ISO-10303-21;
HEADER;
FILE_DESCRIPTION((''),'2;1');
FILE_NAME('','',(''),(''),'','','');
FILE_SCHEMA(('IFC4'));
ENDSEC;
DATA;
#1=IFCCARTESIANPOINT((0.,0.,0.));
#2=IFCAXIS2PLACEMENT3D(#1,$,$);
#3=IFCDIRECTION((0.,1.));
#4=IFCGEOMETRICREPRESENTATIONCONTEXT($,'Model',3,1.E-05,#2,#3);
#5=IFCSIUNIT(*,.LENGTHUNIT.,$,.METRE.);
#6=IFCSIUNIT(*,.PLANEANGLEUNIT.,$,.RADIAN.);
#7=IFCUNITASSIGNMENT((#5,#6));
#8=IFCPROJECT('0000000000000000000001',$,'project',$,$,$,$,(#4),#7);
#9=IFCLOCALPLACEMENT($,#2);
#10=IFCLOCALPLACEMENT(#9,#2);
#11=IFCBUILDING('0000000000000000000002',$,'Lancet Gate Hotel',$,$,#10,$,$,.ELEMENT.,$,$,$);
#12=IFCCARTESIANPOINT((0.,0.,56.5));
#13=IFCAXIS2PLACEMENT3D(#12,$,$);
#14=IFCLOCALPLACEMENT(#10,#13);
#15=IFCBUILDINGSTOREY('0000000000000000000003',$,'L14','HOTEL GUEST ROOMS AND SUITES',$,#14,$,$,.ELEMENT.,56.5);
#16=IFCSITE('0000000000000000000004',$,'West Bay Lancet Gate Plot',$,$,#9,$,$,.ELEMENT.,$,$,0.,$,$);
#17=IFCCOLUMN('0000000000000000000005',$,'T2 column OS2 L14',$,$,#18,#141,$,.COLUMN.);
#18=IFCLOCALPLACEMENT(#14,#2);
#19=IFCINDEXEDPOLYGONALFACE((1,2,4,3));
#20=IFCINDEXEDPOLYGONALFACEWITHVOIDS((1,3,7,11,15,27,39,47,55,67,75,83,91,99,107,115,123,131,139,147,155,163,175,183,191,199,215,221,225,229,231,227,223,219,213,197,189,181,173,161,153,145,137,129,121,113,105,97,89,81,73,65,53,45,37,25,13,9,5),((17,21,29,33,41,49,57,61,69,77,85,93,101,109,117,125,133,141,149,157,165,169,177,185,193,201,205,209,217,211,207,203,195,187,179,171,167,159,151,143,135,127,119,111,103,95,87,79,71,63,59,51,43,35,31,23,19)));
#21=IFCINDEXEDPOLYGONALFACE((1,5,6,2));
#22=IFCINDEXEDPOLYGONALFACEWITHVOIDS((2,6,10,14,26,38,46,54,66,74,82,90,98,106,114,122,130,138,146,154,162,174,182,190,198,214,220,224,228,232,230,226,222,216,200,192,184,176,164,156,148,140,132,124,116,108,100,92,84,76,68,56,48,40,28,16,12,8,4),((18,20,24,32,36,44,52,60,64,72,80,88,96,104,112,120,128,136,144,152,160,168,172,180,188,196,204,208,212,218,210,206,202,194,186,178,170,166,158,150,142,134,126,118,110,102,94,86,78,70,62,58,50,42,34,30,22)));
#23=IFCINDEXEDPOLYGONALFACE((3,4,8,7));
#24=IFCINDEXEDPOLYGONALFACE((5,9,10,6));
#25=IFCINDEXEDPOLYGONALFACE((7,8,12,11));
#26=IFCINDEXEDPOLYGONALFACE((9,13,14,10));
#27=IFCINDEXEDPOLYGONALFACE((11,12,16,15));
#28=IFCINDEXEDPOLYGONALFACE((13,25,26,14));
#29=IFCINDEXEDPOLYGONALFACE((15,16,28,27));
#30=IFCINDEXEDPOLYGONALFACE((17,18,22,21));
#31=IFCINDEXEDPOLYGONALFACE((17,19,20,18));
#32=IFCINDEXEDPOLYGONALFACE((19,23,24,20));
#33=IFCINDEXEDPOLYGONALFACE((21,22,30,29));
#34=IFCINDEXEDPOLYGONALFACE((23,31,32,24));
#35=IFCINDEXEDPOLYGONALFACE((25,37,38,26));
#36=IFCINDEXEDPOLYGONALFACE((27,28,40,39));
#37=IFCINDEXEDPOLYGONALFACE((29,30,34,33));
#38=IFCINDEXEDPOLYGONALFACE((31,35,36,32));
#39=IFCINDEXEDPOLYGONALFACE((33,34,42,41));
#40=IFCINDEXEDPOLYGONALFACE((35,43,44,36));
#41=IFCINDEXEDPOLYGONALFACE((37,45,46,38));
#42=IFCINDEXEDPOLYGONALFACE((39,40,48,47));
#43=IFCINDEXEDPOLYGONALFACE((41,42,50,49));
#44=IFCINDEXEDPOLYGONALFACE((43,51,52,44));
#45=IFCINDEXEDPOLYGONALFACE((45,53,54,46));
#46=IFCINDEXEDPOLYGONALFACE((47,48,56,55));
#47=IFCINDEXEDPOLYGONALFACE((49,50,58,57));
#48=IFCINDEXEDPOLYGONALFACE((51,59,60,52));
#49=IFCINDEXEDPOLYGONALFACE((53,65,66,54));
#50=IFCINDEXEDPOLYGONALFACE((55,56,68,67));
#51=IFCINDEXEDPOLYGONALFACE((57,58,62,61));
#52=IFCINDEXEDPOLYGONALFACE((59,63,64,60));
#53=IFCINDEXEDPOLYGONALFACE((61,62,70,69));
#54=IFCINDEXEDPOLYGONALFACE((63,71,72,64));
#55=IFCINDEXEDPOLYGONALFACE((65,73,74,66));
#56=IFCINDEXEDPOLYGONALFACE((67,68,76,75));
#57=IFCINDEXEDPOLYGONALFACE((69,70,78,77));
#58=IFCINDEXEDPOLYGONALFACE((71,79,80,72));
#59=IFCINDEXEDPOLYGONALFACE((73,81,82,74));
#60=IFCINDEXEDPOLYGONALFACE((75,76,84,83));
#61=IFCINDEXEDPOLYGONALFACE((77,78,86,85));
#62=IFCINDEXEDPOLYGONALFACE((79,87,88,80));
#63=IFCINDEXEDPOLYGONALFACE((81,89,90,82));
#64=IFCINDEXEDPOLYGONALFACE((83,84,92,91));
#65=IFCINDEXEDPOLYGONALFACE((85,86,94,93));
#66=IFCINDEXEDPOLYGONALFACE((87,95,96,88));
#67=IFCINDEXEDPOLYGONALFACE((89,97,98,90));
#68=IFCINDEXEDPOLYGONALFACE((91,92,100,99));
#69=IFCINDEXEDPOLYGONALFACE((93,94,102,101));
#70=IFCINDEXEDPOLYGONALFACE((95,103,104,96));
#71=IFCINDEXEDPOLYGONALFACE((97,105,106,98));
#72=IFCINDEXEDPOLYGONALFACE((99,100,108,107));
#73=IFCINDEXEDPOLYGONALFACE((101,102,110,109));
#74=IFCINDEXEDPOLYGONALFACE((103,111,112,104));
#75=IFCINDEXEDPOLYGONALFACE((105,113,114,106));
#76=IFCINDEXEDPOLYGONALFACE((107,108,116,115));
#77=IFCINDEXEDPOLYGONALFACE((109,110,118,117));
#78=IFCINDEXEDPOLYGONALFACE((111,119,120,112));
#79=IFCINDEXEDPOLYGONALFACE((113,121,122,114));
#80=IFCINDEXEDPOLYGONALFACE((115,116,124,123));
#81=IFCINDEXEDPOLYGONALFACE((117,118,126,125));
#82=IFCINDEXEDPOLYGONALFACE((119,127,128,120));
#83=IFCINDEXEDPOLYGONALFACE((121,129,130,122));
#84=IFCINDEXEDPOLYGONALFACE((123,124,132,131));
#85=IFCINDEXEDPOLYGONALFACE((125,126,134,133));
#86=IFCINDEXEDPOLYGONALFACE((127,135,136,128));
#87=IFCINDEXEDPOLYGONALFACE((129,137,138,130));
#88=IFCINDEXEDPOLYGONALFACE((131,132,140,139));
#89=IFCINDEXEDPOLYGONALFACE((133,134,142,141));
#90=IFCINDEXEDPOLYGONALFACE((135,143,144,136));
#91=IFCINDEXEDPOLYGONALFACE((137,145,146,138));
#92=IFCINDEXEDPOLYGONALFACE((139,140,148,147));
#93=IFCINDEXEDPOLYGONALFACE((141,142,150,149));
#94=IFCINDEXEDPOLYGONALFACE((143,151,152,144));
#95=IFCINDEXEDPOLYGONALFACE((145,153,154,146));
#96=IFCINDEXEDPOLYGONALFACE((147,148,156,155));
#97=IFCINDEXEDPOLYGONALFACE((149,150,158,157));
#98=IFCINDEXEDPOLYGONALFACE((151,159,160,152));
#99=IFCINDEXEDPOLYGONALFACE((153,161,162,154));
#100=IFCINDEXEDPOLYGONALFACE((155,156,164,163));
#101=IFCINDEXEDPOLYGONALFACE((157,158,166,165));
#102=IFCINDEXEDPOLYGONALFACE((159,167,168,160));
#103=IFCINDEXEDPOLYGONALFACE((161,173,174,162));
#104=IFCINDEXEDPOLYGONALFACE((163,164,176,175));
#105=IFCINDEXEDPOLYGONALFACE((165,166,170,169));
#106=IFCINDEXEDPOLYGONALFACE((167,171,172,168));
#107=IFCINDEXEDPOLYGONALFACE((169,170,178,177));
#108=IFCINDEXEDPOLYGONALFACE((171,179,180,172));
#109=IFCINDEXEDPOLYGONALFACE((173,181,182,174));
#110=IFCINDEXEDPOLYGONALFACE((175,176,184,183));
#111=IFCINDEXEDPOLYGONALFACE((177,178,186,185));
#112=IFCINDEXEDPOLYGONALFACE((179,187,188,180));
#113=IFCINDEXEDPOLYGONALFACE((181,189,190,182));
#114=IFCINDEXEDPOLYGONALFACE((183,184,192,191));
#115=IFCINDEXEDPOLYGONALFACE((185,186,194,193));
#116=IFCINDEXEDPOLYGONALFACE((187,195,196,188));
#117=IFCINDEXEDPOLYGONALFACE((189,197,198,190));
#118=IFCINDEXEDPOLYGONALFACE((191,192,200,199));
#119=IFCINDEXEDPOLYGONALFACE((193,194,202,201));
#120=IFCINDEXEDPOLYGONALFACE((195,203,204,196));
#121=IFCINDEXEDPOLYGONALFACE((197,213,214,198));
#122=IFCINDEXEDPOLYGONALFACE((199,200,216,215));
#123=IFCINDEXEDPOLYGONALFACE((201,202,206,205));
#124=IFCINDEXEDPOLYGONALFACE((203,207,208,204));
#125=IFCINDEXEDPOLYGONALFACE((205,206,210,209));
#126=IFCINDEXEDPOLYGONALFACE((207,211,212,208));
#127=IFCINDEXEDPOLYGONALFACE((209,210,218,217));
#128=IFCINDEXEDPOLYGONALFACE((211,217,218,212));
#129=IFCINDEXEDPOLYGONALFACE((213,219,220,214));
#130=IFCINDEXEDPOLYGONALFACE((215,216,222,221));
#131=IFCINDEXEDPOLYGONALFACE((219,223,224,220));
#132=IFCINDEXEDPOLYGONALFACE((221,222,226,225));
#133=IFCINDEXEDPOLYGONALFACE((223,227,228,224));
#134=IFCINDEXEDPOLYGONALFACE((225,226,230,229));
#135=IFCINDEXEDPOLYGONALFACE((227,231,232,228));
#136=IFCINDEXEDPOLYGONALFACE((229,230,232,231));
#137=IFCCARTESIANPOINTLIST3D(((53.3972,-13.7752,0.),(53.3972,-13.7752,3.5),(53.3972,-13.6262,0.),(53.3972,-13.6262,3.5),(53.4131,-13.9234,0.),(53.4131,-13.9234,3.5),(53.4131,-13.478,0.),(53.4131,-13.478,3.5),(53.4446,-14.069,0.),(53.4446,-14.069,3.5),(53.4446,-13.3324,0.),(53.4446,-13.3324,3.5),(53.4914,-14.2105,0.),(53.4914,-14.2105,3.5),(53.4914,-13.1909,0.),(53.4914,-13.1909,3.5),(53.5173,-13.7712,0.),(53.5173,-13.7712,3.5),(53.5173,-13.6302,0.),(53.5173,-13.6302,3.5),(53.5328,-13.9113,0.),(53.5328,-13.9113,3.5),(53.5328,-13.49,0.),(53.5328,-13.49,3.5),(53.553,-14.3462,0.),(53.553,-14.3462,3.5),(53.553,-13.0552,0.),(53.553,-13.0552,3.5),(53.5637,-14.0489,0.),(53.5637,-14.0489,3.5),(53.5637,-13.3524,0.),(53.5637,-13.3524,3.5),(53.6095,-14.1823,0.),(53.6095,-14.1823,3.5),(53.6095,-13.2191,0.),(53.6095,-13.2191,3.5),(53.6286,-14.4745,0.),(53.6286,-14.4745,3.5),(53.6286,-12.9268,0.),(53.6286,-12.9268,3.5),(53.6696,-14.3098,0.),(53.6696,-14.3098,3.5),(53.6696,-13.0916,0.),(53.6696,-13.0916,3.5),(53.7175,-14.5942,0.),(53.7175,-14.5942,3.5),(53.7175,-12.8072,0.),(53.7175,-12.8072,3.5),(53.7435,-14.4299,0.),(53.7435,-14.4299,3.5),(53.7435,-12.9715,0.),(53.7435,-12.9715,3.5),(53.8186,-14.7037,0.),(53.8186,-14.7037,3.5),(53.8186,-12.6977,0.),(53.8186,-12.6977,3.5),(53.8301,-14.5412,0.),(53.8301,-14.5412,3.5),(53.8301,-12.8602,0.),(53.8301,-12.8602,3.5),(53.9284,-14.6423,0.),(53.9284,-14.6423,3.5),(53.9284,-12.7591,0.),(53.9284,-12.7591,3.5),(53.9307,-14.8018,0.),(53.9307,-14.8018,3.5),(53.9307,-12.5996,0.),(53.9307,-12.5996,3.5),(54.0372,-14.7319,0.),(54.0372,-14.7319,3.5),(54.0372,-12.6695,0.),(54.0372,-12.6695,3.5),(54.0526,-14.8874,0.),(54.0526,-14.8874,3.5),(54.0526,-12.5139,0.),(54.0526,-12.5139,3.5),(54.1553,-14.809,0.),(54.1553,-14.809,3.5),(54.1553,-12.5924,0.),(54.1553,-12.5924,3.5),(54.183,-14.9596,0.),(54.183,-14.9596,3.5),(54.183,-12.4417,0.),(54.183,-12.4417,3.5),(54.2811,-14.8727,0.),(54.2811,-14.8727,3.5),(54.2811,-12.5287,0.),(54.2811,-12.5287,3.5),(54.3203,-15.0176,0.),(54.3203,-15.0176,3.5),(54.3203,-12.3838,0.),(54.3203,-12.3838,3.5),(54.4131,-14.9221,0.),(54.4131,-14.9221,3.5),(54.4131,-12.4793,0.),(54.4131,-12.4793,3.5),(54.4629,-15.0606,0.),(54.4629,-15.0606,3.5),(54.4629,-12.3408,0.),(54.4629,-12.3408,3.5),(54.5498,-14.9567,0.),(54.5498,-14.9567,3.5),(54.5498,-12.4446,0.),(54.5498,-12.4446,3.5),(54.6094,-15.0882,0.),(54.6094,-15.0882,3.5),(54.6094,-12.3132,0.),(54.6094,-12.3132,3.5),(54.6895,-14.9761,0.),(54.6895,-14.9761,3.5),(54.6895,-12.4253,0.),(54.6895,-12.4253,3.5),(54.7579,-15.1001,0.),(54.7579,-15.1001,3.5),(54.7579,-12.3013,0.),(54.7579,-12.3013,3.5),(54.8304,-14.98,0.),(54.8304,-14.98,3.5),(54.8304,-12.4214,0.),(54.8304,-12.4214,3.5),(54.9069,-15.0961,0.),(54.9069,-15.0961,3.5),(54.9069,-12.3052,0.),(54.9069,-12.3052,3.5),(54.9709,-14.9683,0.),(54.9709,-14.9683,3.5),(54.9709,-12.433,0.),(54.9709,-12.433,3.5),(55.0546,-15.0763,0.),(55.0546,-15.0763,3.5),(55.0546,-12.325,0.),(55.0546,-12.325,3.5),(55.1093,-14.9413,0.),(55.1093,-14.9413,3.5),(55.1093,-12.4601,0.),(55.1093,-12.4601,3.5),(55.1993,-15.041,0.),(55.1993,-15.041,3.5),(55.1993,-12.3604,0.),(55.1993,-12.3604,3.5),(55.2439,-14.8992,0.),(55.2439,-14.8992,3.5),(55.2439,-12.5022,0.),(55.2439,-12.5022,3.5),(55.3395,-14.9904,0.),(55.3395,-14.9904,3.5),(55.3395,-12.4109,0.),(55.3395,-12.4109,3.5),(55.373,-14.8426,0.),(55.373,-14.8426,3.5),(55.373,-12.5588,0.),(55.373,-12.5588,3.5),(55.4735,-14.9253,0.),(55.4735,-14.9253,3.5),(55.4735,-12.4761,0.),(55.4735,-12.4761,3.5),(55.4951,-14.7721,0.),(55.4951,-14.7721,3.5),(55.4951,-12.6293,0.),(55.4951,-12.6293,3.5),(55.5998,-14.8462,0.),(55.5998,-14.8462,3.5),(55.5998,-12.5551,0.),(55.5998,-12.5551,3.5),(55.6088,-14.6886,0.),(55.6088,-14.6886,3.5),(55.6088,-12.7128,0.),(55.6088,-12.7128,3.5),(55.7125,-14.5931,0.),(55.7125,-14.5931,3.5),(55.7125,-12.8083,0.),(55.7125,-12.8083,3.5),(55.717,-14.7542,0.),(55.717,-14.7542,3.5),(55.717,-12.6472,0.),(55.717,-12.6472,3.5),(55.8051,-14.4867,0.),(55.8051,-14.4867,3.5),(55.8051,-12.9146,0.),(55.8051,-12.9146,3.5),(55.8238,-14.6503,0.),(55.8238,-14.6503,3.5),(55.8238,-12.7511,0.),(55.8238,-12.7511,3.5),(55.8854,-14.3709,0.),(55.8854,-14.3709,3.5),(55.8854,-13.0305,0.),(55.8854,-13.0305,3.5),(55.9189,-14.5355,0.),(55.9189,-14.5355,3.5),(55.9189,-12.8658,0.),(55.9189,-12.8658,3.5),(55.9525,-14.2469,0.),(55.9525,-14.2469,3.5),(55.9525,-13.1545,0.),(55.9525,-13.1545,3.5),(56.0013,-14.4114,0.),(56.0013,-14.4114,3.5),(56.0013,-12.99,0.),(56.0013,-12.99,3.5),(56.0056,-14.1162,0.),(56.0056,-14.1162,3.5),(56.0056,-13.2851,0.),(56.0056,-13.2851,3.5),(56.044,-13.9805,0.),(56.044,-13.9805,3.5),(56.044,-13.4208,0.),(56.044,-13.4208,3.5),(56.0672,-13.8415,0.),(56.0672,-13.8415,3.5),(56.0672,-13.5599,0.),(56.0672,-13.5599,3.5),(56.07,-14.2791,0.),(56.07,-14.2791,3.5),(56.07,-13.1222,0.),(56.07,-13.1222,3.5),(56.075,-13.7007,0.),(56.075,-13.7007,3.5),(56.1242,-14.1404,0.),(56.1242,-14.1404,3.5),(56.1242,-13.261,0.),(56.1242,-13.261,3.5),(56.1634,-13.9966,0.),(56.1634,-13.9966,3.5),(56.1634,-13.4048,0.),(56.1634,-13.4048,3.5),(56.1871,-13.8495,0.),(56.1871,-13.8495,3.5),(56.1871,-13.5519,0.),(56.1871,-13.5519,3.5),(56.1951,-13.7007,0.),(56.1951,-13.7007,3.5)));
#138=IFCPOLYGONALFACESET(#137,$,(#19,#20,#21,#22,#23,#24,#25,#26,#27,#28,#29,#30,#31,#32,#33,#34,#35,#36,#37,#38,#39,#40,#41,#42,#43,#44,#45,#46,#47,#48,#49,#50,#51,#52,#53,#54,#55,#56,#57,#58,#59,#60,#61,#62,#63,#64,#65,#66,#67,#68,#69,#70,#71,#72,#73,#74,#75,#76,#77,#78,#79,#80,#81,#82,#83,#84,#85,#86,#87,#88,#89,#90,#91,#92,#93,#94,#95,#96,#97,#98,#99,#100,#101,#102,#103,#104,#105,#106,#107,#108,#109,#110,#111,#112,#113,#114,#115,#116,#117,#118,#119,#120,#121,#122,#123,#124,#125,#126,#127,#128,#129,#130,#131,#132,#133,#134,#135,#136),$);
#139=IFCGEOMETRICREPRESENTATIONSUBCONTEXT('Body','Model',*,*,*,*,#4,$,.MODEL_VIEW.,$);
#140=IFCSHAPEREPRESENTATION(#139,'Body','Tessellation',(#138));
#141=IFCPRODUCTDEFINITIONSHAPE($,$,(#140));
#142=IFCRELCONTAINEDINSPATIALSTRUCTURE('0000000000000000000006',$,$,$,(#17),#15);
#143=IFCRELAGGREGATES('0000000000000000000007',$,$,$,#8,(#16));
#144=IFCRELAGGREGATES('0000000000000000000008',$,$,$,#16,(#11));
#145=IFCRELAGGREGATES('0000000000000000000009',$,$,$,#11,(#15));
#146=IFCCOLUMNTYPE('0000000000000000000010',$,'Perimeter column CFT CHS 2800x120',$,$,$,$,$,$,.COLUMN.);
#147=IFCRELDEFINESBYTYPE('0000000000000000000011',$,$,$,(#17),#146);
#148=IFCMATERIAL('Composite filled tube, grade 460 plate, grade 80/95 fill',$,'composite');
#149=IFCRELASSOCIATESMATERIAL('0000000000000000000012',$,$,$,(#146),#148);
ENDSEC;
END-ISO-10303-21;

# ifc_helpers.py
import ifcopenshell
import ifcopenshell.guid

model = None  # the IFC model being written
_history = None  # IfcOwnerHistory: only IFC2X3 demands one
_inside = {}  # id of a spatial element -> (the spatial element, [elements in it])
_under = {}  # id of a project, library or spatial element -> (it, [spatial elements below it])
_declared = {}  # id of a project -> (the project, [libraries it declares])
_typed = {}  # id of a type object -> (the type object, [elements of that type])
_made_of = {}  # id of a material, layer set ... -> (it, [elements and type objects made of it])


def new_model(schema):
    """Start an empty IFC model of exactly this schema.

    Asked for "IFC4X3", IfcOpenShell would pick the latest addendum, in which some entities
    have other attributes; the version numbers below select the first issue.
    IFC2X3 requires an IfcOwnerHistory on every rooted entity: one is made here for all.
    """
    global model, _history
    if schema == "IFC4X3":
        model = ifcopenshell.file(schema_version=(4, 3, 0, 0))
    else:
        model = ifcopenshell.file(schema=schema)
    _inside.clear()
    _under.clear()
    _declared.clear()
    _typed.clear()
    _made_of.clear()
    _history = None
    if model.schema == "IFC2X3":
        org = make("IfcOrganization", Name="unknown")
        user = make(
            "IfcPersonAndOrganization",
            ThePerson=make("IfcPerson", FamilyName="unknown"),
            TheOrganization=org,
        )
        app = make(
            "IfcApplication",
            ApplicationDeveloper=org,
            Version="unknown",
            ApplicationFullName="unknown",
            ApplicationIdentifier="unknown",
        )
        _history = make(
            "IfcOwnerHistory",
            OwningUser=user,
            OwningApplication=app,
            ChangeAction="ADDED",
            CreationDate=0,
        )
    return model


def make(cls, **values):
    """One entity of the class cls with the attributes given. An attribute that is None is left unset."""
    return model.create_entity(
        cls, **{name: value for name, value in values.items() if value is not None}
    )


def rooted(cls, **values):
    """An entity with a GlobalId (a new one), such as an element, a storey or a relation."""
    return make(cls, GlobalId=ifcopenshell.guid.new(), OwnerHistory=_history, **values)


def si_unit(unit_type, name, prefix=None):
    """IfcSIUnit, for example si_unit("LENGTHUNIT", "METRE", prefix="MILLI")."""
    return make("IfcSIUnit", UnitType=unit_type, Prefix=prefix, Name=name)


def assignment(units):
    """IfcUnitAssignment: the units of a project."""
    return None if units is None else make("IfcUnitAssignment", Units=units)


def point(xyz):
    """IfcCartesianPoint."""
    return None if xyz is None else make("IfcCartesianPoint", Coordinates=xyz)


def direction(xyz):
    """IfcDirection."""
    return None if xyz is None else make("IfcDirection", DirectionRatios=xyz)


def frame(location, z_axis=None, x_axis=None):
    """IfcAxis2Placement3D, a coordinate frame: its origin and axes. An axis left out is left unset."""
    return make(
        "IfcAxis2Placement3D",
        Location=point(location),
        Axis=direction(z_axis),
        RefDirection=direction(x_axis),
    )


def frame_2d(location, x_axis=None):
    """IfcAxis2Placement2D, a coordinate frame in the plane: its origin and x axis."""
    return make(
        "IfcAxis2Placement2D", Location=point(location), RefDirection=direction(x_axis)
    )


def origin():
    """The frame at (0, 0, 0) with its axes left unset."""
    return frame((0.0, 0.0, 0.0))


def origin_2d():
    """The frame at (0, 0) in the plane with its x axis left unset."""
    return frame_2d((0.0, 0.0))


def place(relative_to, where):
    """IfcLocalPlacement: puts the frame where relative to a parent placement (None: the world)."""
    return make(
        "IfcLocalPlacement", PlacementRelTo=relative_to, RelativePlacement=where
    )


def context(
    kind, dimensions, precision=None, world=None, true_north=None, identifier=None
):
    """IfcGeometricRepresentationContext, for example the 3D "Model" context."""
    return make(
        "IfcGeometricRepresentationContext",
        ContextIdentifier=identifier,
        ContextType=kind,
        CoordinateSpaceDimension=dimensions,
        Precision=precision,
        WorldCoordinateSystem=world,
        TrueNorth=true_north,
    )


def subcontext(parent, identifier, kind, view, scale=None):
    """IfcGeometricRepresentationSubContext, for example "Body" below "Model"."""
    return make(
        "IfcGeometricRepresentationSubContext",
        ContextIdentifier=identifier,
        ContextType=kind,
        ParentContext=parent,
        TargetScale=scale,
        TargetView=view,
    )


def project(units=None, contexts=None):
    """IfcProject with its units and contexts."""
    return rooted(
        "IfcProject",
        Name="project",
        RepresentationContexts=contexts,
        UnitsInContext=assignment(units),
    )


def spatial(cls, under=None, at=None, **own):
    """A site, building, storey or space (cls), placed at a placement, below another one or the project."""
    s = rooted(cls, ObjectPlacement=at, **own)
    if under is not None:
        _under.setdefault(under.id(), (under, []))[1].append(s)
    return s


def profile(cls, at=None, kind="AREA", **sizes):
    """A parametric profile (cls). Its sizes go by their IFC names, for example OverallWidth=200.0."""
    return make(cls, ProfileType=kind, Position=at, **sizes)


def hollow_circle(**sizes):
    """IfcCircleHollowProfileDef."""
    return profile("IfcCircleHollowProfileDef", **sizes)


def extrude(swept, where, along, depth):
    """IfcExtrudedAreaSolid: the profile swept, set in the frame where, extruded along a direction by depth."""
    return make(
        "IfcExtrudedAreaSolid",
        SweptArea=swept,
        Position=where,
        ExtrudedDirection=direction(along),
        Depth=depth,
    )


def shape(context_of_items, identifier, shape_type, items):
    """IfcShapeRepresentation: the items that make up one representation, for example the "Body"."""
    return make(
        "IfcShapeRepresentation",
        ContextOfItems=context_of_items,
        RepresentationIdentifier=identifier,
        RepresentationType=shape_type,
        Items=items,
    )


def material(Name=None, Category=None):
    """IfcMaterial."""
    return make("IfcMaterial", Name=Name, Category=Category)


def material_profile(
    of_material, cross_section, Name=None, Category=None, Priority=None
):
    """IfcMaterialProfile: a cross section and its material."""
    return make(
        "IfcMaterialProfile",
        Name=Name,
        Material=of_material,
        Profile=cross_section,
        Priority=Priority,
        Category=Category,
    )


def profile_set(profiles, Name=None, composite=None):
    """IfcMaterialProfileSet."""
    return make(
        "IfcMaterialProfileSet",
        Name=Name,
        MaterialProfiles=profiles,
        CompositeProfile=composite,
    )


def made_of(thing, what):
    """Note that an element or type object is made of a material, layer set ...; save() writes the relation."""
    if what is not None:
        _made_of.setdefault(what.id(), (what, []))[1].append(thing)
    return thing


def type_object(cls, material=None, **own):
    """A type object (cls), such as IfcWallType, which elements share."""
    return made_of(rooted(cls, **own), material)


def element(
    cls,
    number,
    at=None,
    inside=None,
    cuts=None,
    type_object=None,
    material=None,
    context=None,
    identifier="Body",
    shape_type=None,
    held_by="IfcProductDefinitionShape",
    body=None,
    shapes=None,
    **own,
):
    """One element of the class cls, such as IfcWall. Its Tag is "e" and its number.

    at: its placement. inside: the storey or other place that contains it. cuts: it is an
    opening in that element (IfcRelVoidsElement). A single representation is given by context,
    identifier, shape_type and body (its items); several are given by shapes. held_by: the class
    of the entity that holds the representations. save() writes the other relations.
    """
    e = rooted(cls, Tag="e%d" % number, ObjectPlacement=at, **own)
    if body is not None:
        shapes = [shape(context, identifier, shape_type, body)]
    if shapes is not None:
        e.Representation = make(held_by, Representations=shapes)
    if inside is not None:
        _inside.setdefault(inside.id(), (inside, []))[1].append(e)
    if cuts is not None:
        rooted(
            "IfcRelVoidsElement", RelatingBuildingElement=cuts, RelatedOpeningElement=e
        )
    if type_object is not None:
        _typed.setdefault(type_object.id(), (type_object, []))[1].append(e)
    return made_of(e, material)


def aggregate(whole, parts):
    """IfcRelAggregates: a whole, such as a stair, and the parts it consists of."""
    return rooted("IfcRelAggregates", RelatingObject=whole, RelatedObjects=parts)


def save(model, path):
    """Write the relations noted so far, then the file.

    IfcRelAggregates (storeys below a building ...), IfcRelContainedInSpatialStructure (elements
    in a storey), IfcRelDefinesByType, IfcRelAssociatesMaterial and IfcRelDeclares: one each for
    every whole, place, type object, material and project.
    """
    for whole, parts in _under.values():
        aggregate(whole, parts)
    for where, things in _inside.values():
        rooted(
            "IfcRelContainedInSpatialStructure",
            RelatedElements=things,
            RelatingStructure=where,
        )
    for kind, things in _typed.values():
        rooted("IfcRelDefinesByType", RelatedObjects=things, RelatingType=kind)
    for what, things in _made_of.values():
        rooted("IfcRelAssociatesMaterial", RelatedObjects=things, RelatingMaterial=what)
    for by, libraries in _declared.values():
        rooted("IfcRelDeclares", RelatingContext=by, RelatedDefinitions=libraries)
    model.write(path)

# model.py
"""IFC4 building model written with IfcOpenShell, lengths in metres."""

from ifc_helpers import new_model, si_unit, direction, frame, origin, origin_2d, place, context, subcontext, project, spatial, hollow_circle, extrude, material, material_profile, profile_set, type_object, element, save


model = new_model("IFC4")

# Units and contexts
model_context = context("Model", 3, precision=1e-05, world=origin(), true_north=direction((0.0, 1.0)))
body_context = subcontext(model_context, "Body", "Model", "MODEL_VIEW")
ifc_project = project(units=[si_unit("LENGTHUNIT", "METRE"), si_unit("PLANEANGLEUNIT", "RADIAN")], contexts=[model_context])

# Site, building, storey
site_placement = place(None, origin())
site = spatial("IfcSite", under=ifc_project, at=site_placement, Name="West Bay Lancet Gate Plot", CompositionType="ELEMENT", RefElevation=0.0)
building_placement = place(site_placement, origin())
building = spatial("IfcBuilding", under=site, at=building_placement, Name="Lancet Gate Hotel", CompositionType="ELEMENT")
storey_placement = place(building_placement, frame((0.0, 0.0, 56.5)))
storey = spatial("IfcBuildingStorey", under=building, at=storey_placement, Name="L14", Description="HOTEL GUEST ROOMS AND SUITES", CompositionType="ELEMENT", Elevation=56.5)

# Column
ifc_material_1 = material(Name="Composite filled tube, grade 460 plate, grade 80/95 fill", Category="composite")
ifc_material_profile_1 = material_profile(ifc_material_1, hollow_circle(Radius=1.3999, WallThickness=0.1201, at=origin_2d()), Name="CHS 2800x120")
ifc_profile_set_1 = profile_set([ifc_material_profile_1], Name="Composite filled tube, grade 460 plate, grade 80/95 fill")
column_type = type_object("IfcColumnType", Name="Perimeter column CFT CHS 2800x120", PredefinedType="COLUMN", material=ifc_profile_set_1)
for number, where, z_axis, x_axis, name in (
    (1, (54.7952, -13.7007, 0.0), (0.0, 0.0, 1.0), (1.0, 0.0, 0.0), "T2 column OS2 L14"),
):
    element("IfcColumn", number, at=place(storey_placement, frame(where, z_axis=z_axis, x_axis=x_axis)), inside=storey, type_object=column_type, Name=name, PredefinedType="COLUMN", context=body_context, shape_type="SweptSolid", body=[
        extrude(hollow_circle(Radius=1.3999, WallThickness=0.1201, at=origin_2d()), origin(), (0.0, 0.0, 1.0), 3.5),
    ])

save(model, "model.ifc")
